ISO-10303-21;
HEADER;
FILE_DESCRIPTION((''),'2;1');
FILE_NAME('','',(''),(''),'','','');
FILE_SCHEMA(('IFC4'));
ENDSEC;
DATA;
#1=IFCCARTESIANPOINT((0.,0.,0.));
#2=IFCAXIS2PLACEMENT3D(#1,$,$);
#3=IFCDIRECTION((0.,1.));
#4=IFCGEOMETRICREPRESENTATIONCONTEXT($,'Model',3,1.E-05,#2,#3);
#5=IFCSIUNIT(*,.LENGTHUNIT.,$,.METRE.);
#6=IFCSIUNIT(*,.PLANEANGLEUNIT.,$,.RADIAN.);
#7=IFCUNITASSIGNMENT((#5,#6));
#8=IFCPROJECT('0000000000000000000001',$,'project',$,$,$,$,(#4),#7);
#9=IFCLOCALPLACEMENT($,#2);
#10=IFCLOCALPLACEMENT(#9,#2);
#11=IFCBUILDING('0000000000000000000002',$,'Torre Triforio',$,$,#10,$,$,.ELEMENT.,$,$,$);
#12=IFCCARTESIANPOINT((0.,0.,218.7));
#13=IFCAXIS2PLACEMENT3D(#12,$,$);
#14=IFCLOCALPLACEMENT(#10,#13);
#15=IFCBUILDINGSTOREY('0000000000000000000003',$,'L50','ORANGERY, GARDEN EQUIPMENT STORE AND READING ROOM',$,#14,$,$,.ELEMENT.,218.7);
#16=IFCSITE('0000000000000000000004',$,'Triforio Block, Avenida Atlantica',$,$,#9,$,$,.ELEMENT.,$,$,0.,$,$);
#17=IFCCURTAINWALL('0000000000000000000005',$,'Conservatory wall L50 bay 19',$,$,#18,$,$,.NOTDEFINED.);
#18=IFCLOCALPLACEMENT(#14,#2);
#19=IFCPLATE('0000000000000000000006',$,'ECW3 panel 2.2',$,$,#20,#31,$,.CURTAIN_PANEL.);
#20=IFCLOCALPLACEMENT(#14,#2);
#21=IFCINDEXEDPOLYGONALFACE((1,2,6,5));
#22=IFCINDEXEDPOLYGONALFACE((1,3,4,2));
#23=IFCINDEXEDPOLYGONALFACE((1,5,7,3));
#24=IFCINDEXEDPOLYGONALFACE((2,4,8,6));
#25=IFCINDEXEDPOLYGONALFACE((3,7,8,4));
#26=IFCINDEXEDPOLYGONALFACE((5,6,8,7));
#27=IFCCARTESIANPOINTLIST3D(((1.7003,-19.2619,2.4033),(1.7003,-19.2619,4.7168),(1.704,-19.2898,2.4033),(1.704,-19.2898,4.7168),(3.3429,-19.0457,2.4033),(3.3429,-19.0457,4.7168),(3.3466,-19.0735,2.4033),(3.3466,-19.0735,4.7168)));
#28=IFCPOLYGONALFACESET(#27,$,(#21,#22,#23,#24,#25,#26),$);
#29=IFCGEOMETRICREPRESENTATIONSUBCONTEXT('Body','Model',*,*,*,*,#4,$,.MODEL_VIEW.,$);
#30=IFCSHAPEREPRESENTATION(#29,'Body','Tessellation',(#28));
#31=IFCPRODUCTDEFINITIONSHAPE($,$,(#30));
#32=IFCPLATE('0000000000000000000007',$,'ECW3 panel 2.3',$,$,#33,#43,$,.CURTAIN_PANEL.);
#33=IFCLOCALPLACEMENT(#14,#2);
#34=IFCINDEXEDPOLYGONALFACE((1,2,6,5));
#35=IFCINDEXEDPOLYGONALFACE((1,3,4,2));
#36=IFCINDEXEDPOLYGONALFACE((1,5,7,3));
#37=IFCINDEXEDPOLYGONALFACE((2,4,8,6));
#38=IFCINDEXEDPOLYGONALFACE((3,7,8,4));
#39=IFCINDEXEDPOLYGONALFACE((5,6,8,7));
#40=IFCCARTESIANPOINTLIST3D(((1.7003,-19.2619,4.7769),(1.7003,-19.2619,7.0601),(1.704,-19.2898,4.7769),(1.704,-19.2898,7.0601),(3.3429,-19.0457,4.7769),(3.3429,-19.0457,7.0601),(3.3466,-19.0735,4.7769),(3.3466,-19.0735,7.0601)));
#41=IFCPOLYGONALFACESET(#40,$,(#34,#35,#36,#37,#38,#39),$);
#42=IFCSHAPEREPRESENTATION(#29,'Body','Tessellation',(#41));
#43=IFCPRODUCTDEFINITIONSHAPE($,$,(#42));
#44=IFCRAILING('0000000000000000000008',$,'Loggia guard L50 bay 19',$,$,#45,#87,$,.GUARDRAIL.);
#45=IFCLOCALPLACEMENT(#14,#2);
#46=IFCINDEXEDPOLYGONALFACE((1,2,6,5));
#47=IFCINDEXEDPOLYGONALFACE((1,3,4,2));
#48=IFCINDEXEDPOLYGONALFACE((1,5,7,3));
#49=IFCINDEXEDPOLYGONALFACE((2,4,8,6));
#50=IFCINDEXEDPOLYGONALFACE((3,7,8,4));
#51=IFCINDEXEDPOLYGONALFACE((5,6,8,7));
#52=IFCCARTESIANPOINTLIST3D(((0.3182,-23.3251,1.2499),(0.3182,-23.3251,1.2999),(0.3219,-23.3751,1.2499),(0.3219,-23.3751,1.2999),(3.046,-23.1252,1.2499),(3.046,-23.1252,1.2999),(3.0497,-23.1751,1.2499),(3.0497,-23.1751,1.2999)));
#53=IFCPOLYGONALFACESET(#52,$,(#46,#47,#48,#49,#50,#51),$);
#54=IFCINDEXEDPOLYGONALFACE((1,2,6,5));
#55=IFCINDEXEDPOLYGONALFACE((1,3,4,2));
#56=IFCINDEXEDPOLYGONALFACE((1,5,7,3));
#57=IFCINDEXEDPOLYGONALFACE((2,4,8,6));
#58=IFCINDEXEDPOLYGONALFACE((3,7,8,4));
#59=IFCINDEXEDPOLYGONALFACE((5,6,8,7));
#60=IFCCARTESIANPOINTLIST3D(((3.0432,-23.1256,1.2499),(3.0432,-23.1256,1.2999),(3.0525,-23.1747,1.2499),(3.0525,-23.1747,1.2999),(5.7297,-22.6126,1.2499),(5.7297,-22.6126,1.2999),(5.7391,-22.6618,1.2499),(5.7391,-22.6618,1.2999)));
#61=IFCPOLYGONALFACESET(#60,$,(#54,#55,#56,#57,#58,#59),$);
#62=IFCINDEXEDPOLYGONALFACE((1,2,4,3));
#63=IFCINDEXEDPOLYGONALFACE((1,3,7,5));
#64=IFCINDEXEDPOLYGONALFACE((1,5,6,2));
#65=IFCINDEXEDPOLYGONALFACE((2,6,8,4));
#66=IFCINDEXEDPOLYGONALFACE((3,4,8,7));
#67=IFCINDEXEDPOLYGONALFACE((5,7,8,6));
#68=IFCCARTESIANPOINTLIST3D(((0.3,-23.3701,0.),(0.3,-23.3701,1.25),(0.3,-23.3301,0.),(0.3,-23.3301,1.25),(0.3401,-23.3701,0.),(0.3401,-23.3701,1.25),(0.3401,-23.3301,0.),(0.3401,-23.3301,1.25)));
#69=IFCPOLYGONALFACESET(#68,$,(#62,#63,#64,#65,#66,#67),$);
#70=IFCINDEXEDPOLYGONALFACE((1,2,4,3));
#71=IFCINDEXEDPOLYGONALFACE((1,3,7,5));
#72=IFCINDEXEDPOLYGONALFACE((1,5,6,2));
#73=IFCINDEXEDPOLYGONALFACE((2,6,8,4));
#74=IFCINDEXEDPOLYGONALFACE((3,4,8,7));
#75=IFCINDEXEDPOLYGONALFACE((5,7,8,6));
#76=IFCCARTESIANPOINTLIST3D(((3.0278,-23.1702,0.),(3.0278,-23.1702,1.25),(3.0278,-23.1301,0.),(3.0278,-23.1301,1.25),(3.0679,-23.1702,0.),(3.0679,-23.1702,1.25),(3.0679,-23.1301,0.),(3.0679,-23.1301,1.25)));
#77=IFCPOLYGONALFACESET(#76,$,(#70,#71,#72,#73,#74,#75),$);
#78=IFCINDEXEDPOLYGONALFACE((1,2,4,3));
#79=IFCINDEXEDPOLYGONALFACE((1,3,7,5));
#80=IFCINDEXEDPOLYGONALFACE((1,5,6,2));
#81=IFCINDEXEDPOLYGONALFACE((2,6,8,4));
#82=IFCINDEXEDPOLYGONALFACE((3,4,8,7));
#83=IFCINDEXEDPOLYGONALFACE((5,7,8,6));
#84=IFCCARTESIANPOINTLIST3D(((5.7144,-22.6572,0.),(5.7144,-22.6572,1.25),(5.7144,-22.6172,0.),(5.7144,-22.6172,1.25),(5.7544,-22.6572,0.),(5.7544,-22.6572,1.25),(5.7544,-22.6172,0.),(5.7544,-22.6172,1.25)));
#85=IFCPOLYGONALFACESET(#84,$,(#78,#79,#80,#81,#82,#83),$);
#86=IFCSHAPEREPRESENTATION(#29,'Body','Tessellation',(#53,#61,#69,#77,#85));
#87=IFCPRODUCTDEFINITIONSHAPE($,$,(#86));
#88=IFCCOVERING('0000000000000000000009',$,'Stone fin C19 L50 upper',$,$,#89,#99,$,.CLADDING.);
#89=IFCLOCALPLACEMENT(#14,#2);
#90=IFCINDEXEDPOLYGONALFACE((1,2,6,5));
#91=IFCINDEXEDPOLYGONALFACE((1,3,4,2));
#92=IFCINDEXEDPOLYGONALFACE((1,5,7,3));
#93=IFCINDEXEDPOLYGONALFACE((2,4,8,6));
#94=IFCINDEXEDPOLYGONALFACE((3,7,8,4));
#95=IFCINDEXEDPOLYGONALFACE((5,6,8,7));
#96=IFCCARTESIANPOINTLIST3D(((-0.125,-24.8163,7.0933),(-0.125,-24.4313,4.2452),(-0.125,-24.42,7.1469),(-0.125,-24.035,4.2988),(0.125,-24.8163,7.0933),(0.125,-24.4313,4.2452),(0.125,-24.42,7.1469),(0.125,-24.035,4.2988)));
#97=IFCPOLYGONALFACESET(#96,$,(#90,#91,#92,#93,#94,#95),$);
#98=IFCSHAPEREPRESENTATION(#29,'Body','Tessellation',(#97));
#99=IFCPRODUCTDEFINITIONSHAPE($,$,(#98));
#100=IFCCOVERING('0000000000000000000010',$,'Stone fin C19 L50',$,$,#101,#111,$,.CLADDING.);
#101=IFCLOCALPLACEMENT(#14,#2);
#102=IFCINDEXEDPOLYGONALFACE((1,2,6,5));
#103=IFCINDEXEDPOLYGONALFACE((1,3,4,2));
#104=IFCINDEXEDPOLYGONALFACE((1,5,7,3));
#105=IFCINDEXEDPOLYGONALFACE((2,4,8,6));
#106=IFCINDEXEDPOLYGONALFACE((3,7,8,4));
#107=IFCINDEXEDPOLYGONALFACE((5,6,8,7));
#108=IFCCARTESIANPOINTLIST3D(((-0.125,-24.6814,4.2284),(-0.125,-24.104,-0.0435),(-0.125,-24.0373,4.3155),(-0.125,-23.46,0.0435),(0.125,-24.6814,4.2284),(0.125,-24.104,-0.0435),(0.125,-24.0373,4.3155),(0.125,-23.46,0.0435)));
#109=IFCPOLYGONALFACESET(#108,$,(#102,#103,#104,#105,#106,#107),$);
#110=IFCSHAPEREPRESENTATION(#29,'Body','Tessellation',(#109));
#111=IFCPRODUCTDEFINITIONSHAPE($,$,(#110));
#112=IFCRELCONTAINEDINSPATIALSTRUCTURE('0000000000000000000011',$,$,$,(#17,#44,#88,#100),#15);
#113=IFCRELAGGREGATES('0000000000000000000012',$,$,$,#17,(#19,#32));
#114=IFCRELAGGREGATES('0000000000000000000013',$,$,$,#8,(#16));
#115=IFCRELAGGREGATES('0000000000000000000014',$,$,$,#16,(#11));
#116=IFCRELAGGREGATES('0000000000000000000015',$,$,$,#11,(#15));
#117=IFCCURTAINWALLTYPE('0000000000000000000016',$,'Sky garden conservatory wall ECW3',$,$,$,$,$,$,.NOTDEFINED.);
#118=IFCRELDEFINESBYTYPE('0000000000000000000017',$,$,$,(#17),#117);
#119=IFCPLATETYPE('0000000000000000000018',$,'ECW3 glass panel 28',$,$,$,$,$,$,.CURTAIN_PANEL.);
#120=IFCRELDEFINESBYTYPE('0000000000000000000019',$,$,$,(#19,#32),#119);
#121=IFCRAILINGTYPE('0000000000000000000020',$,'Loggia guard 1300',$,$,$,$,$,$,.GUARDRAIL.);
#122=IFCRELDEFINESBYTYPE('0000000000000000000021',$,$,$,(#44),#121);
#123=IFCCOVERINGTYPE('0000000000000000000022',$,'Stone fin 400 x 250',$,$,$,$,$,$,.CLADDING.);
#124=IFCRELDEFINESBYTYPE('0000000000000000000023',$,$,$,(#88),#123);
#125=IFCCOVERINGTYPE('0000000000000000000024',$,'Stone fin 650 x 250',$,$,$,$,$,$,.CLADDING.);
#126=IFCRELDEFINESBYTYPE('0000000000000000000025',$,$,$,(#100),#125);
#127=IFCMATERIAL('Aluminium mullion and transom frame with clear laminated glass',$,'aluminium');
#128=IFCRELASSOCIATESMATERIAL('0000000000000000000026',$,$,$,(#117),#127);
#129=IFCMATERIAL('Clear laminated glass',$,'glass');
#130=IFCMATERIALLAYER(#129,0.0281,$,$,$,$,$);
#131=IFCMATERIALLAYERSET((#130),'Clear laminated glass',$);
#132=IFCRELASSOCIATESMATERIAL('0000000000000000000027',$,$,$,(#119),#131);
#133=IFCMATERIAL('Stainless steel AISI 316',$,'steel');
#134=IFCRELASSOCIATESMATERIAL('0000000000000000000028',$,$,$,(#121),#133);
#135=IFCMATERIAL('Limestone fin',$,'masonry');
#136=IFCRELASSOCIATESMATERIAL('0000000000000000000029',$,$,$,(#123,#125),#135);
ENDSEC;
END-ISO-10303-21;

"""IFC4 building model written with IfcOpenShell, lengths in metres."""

from ifc_helpers import new_model, si_unit, direction, frame, origin, origin_2d, place, context, subcontext, project, spatial, rectangle, extrude, material, layer, layer_set, material_profile, profile_set, type_object, element, aggregate, save


model = new_model("IFC4")

# Units and contexts
model_context = context("Model", 3, precision=1e-05, world=origin(), true_north=direction((0.0, 1.0)))
body_context = subcontext(model_context, "Body", "Model", "MODEL_VIEW")
ifc_project = project(units=[si_unit("LENGTHUNIT", "METRE"), si_unit("PLANEANGLEUNIT", "RADIAN")], contexts=[model_context])

# Site, building, storey
site_placement = place(None, origin())
site = spatial("IfcSite", under=ifc_project, at=site_placement, Name="Triforio Block, Avenida Atlantica", CompositionType="ELEMENT", RefElevation=0.0)
building_placement = place(site_placement, origin())
building = spatial("IfcBuilding", under=site, at=building_placement, Name="Torre Triforio", CompositionType="ELEMENT")
storey_placement = place(building_placement, frame((0.0, 0.0, 218.7)))
storey = spatial("IfcBuildingStorey", under=building, at=storey_placement, Name="L50", Description="ORANGERY, GARDEN EQUIPMENT STORE AND READING ROOM", CompositionType="ELEMENT", Elevation=218.7)

# Curtain wall, plates
ifc_material_1 = material(Name="Aluminium mullion and transom frame with clear laminated glass", Category="aluminium")
curtain_wall_type = type_object("IfcCurtainWallType", Name="Sky garden conservatory wall ECW3", PredefinedType="NOTDEFINED", material=ifc_material_1)
curtain_wall_placement = place(storey_placement, origin())
curtain_wall = element("IfcCurtainWall", 1, at=curtain_wall_placement, inside=storey, type_object=curtain_wall_type, Name="Conservatory wall L50 bay 19", PredefinedType="NOTDEFINED")
ifc_material_2 = material(Name="Clear laminated glass", Category="glass")
ifc_layer = layer(ifc_material_2, 0.0281)
ifc_layer_set = layer_set([ifc_layer], Name="Clear laminated glass")
plate_type = type_object("IfcPlateType", Name="ECW3 glass panel 28", PredefinedType="CURTAIN_PANEL", material=ifc_layer_set)
plate_1_placement = place(storey_placement, frame((2.5234, -19.1677, 2.4033), z_axis=(0.0, 0.0, 1.0), x_axis=(0.991444, 0.130532, 0.0)))
plate_1 = element("IfcPlate", 2, at=plate_1_placement, type_object=plate_type, Name="ECW3 panel 2.2", PredefinedType="CURTAIN_PANEL", context=body_context, shape_type="SweptSolid", body=[
    extrude(rectangle(XDim=1.6567, YDim=0.0281, at=origin_2d()), origin(), (0.0, 0.0, 1.0), 2.3135),
])
plate_2_placement = place(storey_placement, frame((2.5234, -19.1677, 4.7769), z_axis=(0.0, 0.0, 1.0), x_axis=(0.991444, 0.130532, 0.0)))
plate_2 = element("IfcPlate", 3, at=plate_2_placement, type_object=plate_type, Name="ECW3 panel 2.3", PredefinedType="CURTAIN_PANEL", context=body_context, shape_type="SweptSolid", body=[
    extrude(rectangle(XDim=1.6567, YDim=0.0281, at=origin_2d()), origin(), (0.0, 0.0, 1.0), 2.2832),
])
aggregate(curtain_wall, [plate_1, plate_2])

# Railing
ifc_material_3 = material(Name="Stainless steel AISI 316", Category="steel")
railing_type = type_object("IfcRailingType", Name="Loggia guard 1300", PredefinedType="GUARDRAIL", material=ifc_material_3)
railing_placement = place(storey_placement, frame((0.3201, -23.3501, 0.0)))
element("IfcRailing", 4, at=railing_placement, inside=storey, type_object=railing_type, Name="Loggia guard L50 bay 19", PredefinedType="GUARDRAIL", context=body_context, shape_type="SweptSolid", body=[
    extrude(rectangle(XDim=0.05, YDim=0.05, at=origin_2d()), frame((0.0, 0.0, 1.2749), z_axis=(0.997324, 0.073106, 0.0), x_axis=(-0.073106, 0.997324, 0.0)), (0.0, 0.0, 1.0), 2.7351),
    extrude(rectangle(XDim=0.05, YDim=0.05, at=origin_2d()), frame((2.7278, 0.2, 1.2749), z_axis=(0.982256, 0.187543, 0.0), x_axis=(-0.187543, 0.982256, 0.0)), (0.0, 0.0, 1.0), 2.7351),
    extrude(rectangle(XDim=0.04, YDim=0.04, at=origin_2d()), origin(), (0.0, 0.0, 1.0), 1.25),
    extrude(rectangle(XDim=0.04, YDim=0.04, at=origin_2d()), frame((2.7278, 0.2, 0.0)), (0.0, 0.0, 1.0), 1.25),
    extrude(rectangle(XDim=0.04, YDim=0.04, at=origin_2d()), frame((5.4143, 0.7129, 0.0)), (0.0, 0.0, 1.0), 1.25),
])

# Coverings
ifc_material_4 = material(Name="Limestone fin", Category="masonry")
ifc_material_profile_1 = material_profile(ifc_material_4, rectangle(XDim=0.3999, YDim=0.25, at=origin_2d()), Name="FIN 400x250")
ifc_profile_set_1 = profile_set([ifc_material_profile_1], Name="Limestone fin")
covering_type_1 = type_object("IfcCoveringType", Name="Stone fin 400 x 250", PredefinedType="CLADDING", material=ifc_profile_set_1)
covering_1_placement = place(storey_placement, frame((0.0, -24.2332, 4.272), z_axis=(0.0, -0.133961, 0.990987), x_axis=(0.0, 0.990987, 0.133961)))
element("IfcCovering", 5, at=covering_1_placement, inside=storey, type_object=covering_type_1, Name="Stone fin C19 L50 upper", PredefinedType="CLADDING", context=body_context, shape_type="SweptSolid", body=[
    extrude(rectangle(XDim=0.3999, YDim=0.25, at=origin_2d()), origin(), (0.0, 0.0, 1.0), 2.874),
])
ifc_material_profile_2 = material_profile(ifc_material_4, rectangle(XDim=0.6499, YDim=0.25, at=origin_2d()), Name="FIN 650x250")
ifc_profile_set_2 = profile_set([ifc_material_profile_2], Name="Limestone fin")
covering_type_2 = type_object("IfcCoveringType", Name="Stone fin 650 x 250", PredefinedType="CLADDING", material=ifc_profile_set_2)
covering_2_placement = place(storey_placement, frame((0.0, -23.782, 0.0), z_axis=(0.0, -0.13394, 0.990989), x_axis=(0.0, 0.990989, 0.13394)))
element("IfcCovering", 6, at=covering_2_placement, inside=storey, type_object=covering_type_2, Name="Stone fin C19 L50", PredefinedType="CLADDING", context=body_context, shape_type="SweptSolid", body=[
    extrude(rectangle(XDim=0.6499, YDim=0.25, at=origin_2d()), origin(), (0.0, 0.0, 1.0), 4.3108),
])

save(model, "model.ifc")
